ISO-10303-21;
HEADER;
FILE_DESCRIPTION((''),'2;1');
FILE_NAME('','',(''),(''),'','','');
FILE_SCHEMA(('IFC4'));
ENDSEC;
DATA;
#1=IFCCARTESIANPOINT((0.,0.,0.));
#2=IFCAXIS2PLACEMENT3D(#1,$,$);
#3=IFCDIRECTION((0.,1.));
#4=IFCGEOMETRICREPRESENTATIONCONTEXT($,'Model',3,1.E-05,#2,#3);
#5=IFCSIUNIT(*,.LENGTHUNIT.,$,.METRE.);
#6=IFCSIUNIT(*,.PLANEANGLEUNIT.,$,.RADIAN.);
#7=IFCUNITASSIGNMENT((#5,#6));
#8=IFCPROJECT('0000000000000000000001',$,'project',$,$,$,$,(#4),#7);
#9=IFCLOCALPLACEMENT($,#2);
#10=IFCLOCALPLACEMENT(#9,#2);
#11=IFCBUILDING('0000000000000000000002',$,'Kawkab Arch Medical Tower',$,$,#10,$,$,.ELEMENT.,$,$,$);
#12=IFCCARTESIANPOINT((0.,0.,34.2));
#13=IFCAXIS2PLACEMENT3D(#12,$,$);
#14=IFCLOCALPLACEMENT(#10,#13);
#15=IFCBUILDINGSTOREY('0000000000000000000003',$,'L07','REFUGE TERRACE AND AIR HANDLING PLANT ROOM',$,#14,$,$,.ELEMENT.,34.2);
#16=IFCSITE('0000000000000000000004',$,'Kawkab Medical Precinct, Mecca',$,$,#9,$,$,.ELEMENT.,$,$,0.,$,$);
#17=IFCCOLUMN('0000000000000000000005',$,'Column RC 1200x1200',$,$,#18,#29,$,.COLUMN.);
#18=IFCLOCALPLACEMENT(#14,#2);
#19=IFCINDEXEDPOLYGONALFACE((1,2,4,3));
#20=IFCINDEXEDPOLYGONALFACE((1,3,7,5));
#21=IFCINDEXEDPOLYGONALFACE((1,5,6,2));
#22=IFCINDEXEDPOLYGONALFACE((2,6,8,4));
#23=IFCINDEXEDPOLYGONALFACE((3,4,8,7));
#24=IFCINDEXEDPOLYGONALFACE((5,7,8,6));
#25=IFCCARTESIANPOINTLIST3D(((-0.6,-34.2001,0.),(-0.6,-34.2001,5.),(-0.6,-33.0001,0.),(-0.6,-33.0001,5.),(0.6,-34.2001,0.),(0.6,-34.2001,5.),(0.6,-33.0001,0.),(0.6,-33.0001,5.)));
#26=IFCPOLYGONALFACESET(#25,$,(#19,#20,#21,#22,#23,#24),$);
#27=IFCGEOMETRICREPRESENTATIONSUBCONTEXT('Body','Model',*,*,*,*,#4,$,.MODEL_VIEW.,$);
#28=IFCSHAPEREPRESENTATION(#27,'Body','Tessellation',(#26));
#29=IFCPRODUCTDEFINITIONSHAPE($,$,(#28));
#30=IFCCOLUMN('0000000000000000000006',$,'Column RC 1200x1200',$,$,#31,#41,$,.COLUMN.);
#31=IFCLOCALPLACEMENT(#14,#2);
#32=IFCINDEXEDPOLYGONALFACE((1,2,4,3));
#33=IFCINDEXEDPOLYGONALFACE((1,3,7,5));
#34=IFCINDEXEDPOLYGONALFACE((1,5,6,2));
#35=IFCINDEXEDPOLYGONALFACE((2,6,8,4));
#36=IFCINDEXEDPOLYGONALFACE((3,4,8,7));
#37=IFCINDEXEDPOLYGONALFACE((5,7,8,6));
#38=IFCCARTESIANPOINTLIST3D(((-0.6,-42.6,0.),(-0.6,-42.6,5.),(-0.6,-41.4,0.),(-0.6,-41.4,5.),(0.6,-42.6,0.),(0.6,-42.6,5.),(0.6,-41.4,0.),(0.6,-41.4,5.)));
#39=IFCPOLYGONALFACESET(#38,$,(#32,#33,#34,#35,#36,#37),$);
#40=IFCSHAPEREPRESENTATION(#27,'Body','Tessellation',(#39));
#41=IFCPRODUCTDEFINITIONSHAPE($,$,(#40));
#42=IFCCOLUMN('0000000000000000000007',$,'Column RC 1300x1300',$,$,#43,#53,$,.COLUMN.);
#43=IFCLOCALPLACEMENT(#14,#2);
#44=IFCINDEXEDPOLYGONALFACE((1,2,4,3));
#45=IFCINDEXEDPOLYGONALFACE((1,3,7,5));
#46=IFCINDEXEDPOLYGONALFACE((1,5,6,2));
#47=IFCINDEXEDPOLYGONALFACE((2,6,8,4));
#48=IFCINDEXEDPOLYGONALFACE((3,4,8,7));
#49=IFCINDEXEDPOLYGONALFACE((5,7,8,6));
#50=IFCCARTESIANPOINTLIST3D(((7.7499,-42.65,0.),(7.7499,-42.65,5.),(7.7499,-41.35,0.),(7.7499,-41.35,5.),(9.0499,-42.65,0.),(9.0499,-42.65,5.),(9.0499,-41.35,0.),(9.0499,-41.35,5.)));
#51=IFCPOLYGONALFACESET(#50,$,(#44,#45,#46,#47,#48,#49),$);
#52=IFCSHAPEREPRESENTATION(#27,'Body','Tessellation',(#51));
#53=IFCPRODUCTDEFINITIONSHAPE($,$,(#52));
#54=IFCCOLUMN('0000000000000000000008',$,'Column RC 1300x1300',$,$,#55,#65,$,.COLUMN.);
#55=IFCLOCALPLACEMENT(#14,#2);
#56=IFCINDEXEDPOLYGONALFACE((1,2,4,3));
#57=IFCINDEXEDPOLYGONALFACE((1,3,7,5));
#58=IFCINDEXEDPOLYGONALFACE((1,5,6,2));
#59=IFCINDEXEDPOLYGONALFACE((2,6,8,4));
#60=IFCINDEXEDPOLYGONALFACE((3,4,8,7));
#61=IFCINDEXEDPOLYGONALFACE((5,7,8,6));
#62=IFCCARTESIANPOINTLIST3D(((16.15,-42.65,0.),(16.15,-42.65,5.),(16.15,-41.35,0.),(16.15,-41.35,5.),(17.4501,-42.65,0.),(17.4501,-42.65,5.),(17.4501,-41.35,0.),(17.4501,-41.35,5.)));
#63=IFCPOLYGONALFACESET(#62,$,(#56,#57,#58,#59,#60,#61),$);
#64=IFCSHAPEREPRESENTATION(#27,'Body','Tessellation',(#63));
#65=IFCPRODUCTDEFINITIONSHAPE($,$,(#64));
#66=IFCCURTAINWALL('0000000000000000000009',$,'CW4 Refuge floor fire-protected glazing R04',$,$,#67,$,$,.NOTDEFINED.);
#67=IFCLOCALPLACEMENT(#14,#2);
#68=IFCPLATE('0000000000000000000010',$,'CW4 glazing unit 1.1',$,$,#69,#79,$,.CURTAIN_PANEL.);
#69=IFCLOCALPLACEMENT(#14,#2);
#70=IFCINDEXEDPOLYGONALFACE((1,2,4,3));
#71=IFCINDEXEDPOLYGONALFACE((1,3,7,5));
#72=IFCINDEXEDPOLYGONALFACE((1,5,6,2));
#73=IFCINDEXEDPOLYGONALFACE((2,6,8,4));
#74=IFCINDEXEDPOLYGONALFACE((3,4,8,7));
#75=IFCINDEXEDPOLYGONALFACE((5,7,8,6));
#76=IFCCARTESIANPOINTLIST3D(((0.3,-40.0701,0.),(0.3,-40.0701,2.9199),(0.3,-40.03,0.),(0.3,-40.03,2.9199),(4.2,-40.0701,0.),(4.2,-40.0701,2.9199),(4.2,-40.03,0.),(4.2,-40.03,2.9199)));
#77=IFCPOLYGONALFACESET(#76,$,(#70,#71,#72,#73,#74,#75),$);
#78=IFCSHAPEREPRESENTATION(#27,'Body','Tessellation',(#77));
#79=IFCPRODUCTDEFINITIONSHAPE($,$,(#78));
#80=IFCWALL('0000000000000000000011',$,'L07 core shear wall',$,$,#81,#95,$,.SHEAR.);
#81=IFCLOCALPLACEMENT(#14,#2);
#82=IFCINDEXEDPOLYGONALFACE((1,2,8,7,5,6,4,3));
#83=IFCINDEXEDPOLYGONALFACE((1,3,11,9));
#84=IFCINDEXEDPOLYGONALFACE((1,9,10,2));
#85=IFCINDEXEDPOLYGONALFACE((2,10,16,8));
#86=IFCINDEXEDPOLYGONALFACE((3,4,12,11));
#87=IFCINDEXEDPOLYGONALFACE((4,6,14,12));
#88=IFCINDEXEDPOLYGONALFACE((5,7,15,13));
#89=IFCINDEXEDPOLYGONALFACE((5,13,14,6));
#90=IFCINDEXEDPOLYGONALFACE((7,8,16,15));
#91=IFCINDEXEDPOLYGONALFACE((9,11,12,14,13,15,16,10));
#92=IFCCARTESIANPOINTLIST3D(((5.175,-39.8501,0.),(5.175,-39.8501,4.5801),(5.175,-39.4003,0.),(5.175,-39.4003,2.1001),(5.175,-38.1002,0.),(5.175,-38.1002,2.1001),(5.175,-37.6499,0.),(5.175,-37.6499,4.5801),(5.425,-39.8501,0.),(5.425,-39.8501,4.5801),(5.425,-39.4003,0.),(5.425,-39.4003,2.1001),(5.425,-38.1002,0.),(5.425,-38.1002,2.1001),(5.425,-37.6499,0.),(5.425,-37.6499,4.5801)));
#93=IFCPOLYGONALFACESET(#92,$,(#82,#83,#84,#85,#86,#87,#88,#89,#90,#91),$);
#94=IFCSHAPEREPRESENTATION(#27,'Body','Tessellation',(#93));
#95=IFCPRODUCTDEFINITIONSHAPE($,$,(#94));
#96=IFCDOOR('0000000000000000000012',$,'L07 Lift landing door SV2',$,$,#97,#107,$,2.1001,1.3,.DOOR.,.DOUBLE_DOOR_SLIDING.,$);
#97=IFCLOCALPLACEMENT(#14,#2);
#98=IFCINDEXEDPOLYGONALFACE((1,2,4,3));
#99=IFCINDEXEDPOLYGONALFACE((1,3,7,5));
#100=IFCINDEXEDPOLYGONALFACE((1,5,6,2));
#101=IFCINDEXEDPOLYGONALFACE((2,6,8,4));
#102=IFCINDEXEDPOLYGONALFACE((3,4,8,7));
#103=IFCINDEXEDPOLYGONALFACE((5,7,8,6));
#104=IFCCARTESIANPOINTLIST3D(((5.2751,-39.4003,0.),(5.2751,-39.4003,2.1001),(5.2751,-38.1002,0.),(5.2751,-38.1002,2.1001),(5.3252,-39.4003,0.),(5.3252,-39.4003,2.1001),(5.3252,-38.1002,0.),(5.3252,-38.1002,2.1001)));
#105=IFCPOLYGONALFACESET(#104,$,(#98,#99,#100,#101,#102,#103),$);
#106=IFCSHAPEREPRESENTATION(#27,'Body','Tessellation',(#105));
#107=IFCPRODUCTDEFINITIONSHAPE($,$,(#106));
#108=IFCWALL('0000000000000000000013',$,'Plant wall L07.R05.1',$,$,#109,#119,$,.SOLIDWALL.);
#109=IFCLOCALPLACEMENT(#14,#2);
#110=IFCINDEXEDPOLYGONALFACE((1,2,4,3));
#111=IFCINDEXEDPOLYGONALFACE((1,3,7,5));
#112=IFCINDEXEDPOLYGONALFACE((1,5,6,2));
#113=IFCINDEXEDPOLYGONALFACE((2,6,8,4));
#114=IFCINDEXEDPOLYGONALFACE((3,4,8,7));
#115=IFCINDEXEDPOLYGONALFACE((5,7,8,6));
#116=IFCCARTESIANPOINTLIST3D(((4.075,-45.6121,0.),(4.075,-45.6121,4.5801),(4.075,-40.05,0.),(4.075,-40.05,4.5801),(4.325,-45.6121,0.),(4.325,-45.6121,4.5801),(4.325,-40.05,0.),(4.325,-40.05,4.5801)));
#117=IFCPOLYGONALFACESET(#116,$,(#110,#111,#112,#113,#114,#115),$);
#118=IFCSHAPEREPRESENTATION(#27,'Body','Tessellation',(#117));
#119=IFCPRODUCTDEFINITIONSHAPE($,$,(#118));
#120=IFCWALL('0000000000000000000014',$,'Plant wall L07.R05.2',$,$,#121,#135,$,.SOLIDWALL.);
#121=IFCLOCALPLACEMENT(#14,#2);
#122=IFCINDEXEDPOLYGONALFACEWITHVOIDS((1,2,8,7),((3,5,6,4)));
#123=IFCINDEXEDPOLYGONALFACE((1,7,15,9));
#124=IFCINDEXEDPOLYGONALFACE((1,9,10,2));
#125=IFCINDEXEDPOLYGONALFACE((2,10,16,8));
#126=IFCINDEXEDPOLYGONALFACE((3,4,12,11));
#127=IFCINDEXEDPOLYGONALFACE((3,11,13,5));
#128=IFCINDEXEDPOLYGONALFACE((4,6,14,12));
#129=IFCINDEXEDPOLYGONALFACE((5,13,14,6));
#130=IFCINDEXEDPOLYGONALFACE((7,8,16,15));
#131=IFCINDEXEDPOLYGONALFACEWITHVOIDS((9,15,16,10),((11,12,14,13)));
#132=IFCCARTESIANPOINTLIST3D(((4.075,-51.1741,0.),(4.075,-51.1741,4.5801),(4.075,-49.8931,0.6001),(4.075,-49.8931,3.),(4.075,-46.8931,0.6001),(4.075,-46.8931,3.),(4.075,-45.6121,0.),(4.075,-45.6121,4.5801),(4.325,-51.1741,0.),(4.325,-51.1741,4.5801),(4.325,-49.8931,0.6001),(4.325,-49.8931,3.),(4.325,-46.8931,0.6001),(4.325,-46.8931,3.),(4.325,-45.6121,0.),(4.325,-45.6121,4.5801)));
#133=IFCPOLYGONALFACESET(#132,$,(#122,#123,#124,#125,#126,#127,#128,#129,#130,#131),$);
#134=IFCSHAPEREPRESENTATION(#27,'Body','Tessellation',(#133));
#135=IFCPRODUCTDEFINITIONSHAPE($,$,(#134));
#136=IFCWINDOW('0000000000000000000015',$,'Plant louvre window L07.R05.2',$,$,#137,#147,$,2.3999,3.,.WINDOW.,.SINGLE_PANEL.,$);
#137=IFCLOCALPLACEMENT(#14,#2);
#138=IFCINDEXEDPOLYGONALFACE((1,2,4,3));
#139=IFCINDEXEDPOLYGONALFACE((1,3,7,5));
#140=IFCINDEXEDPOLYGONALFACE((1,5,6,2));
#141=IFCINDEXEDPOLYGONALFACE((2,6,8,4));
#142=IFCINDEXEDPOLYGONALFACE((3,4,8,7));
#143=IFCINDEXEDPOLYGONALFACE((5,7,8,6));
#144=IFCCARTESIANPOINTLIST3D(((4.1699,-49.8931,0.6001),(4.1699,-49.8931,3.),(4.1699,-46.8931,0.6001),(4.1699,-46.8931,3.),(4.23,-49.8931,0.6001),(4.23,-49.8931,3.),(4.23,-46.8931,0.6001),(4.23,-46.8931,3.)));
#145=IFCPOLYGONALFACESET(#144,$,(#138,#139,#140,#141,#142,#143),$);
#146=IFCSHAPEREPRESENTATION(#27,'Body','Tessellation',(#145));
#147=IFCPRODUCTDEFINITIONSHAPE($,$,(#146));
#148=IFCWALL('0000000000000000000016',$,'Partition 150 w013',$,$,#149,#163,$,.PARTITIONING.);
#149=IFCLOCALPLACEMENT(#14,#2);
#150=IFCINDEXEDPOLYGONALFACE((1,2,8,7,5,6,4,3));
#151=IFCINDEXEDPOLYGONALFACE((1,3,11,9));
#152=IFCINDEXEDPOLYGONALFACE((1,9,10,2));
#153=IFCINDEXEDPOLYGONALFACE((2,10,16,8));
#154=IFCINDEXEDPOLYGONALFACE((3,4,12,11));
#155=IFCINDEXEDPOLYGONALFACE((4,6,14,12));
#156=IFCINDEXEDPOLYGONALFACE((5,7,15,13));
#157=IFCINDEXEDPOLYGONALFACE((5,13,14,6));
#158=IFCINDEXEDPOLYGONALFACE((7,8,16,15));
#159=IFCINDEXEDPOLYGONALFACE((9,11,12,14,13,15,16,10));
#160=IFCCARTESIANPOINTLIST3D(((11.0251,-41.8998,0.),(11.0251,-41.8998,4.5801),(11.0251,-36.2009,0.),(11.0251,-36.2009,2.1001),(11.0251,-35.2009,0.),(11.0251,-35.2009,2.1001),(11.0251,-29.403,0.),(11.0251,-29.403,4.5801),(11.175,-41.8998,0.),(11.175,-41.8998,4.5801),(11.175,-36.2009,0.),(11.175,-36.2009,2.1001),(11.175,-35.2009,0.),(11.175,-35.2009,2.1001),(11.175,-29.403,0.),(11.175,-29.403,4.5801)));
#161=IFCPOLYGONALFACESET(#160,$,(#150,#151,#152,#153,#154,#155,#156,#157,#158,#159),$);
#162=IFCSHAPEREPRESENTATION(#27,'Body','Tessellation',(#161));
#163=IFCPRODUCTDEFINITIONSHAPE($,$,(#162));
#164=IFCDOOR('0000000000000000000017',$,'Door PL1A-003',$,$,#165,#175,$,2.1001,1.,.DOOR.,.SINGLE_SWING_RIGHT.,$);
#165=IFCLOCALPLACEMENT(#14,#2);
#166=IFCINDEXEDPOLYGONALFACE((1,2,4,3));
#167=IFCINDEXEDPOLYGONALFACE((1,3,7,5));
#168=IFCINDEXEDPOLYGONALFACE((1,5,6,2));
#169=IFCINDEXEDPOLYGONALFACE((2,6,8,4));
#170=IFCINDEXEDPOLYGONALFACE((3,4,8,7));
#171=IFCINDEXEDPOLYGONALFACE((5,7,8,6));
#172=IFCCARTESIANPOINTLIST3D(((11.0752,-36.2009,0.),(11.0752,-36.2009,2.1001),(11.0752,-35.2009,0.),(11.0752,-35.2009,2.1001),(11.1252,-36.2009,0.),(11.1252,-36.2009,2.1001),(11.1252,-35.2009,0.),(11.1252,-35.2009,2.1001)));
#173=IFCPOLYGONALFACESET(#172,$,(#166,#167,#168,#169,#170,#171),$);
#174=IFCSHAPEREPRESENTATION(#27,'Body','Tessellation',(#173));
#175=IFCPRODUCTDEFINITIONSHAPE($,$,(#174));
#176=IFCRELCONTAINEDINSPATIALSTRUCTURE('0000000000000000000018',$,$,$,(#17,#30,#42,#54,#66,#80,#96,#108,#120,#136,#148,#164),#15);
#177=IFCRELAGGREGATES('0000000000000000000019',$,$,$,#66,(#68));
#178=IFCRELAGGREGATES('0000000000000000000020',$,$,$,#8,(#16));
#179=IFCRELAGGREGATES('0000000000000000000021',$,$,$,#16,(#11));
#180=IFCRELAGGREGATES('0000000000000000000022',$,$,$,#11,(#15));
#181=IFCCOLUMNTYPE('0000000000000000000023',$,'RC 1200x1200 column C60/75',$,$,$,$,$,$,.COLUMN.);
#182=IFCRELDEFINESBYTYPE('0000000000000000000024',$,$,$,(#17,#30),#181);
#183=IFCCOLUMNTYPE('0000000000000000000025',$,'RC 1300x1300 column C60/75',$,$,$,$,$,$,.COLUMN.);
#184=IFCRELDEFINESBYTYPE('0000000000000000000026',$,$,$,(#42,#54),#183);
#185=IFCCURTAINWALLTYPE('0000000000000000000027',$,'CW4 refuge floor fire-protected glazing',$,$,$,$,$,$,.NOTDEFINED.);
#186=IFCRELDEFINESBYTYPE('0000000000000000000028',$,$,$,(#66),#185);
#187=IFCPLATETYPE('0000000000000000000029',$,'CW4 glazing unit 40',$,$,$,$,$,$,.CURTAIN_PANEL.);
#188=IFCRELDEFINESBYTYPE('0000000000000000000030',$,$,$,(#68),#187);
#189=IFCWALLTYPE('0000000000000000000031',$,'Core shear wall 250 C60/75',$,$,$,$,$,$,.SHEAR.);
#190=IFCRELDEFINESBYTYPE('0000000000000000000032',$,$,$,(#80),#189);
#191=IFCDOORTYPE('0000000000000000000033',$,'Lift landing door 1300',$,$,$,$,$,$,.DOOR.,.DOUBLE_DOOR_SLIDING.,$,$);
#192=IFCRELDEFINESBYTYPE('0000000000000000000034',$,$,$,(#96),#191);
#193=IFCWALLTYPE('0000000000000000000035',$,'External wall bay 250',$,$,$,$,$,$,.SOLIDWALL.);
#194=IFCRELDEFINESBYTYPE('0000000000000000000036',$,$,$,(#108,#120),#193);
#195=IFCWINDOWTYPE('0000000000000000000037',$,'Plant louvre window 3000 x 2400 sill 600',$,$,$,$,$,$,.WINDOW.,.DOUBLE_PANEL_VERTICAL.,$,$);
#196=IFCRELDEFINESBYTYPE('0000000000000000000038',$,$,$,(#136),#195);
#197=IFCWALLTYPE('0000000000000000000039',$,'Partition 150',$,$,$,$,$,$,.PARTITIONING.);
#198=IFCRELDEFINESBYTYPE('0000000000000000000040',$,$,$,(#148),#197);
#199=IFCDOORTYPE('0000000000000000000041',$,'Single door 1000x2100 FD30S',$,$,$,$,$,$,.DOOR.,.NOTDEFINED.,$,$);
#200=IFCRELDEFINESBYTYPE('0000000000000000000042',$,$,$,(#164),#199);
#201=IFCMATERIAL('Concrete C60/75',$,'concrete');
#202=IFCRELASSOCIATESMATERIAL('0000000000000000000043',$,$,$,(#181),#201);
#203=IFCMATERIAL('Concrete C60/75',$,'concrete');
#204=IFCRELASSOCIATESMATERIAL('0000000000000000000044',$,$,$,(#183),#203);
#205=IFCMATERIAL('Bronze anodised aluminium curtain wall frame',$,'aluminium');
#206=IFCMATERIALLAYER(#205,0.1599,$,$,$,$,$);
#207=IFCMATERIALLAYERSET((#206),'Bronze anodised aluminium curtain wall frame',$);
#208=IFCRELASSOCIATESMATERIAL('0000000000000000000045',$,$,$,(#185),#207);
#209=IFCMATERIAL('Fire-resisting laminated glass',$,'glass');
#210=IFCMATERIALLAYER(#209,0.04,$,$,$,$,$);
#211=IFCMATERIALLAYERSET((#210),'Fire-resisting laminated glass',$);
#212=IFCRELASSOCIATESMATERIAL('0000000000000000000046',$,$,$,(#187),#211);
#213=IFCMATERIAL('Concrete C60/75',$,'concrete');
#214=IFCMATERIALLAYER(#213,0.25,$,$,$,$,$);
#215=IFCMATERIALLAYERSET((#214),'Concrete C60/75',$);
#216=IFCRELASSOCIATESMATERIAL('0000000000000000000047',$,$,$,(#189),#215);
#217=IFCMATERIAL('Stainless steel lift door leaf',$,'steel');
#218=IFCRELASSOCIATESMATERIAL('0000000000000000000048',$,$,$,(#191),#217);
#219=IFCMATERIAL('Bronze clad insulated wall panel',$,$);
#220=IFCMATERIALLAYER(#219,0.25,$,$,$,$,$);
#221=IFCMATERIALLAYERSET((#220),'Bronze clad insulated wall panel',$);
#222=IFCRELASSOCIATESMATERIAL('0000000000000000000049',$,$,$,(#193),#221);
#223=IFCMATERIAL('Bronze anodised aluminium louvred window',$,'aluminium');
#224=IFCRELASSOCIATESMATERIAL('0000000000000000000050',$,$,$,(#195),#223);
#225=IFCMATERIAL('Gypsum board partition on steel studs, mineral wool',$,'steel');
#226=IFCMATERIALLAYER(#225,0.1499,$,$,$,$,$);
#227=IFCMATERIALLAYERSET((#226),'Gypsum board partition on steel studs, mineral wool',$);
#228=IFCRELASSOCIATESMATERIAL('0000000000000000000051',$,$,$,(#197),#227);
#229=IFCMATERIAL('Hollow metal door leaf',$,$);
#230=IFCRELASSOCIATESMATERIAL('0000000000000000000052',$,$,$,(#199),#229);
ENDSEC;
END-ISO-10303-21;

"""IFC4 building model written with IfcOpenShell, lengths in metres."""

from ifc_helpers import new_model, si_unit, direction, frame, frame_2d, origin, origin_2d, place, context, subcontext, project, spatial, rectangle, extrude, material, layer, layer_set, material_profile, profile_set, type_object, element, fill, aggregate, save


model = new_model("IFC4")

# Units and contexts
model_context = context("Model", 3, precision=1e-05, world=origin(), true_north=direction((0.0, 1.0)))
body_context = subcontext(model_context, "Body", "Model", "MODEL_VIEW")
ifc_project = project(units=[si_unit("LENGTHUNIT", "METRE"), si_unit("PLANEANGLEUNIT", "RADIAN")], contexts=[model_context])

# Site, building, storey
site_placement = place(None, origin())
site = spatial("IfcSite", under=ifc_project, at=site_placement, Name="Kawkab Medical Precinct, Mecca", CompositionType="ELEMENT", RefElevation=0.0)
building_placement = place(site_placement, origin())
building = spatial("IfcBuilding", under=site, at=building_placement, Name="Kawkab Arch Medical Tower", CompositionType="ELEMENT")
storey_placement = place(building_placement, frame((0.0, 0.0, 34.2)))
storey = spatial("IfcBuildingStorey", under=building, at=storey_placement, Name="L07", Description="REFUGE TERRACE AND AIR HANDLING PLANT ROOM", CompositionType="ELEMENT", Elevation=34.2)

# Columns
ifc_material_1 = material(Name="Concrete C60/75", Category="concrete")
ifc_material_profile_1 = material_profile(ifc_material_1, rectangle(XDim=1.2, YDim=1.2, at=origin_2d()), Name="RC 1200x1200")
ifc_profile_set_1 = profile_set([ifc_material_profile_1], Name="Concrete C60/75")
column_type_1 = type_object("IfcColumnType", Name="RC 1200x1200 column C60/75", PredefinedType="COLUMN", material=ifc_profile_set_1)
for number, where, z_axis, x_axis, name in (
    (1, (0.0, -33.6001, 0.0), (0.0, 0.0, 1.0), (1.0, 0.0, 0.0), "Column RC 1200x1200"),
    (2, (0.0, -42.0, 0.0), (0.0, 0.0, 1.0), (1.0, 0.0, 0.0), "Column RC 1200x1200"),
):
    element("IfcColumn", number, at=place(storey_placement, frame(where, z_axis=z_axis, x_axis=x_axis)), inside=storey, type_object=column_type_1, Name=name, PredefinedType="COLUMN", context=body_context, shape_type="SweptSolid", body=[
        extrude(rectangle(XDim=1.2, YDim=1.2, at=origin_2d()), origin(), (0.0, 0.0, 1.0), 5.0),
    ])
ifc_material_2 = material(Name="Concrete C60/75", Category="concrete")
ifc_material_profile_2 = material_profile(ifc_material_2, rectangle(XDim=1.3, YDim=1.3, at=origin_2d()), Name="RC 1300x1300")
ifc_profile_set_2 = profile_set([ifc_material_profile_2], Name="Concrete C60/75")
column_type_2 = type_object("IfcColumnType", Name="RC 1300x1300 column C60/75", PredefinedType="COLUMN", material=ifc_profile_set_2)
for number, where, z_axis, x_axis, name in (
    (3, (8.3999, -42.0, 0.0), (0.0, 0.0, 1.0), (1.0, 0.0, 0.0), "Column RC 1300x1300"),
    (4, (16.8, -42.0, 0.0), (0.0, 0.0, 1.0), (1.0, 0.0, 0.0), "Column RC 1300x1300"),
):
    element("IfcColumn", number, at=place(storey_placement, frame(where, z_axis=z_axis, x_axis=x_axis)), inside=storey, type_object=column_type_2, Name=name, PredefinedType="COLUMN", context=body_context, shape_type="SweptSolid", body=[
        extrude(rectangle(XDim=1.3, YDim=1.3, at=origin_2d()), origin(), (0.0, 0.0, 1.0), 5.0),
    ])

# Curtain wall, plate
ifc_material_3 = material(Name="Bronze anodised aluminium curtain wall frame", Category="aluminium")
ifc_layer_1 = layer(ifc_material_3, 0.1599)
ifc_layer_set_1 = layer_set([ifc_layer_1], Name="Bronze anodised aluminium curtain wall frame")
curtain_wall_type = type_object("IfcCurtainWallType", Name="CW4 refuge floor fire-protected glazing", PredefinedType="NOTDEFINED", material=ifc_layer_set_1)
placement = place(storey_placement, origin())
curtain_wall = element("IfcCurtainWall", 5, at=placement, inside=storey, type_object=curtain_wall_type, Name="CW4 Refuge floor fire-protected glazing R04", PredefinedType="NOTDEFINED")
ifc_material_4 = material(Name="Fire-resisting laminated glass", Category="glass")
ifc_layer_2 = layer(ifc_material_4, 0.04)
ifc_layer_set_2 = layer_set([ifc_layer_2], Name="Fire-resisting laminated glass")
plate_type = type_object("IfcPlateType", Name="CW4 glazing unit 40", PredefinedType="CURTAIN_PANEL", material=ifc_layer_set_2)
plate_placement = place(storey_placement, frame((2.25, -40.05, 0.0), z_axis=(0.0, 0.0, 1.0), x_axis=(1.0, 0.0, 0.0)))
plate = element("IfcPlate", 6, at=plate_placement, type_object=plate_type, Name="CW4 glazing unit 1.1", PredefinedType="CURTAIN_PANEL", context=body_context, shape_type="SweptSolid", body=[
    extrude(rectangle(XDim=3.8999, YDim=0.04, at=origin_2d()), origin(), (0.0, 0.0, 1.0), 2.9199),
])
aggregate(curtain_wall, [plate])

# Wall, opening, door
ifc_material_5 = material(Name="Concrete C60/75", Category="concrete")
ifc_layer_3 = layer(ifc_material_5, 0.25)
ifc_layer_set_3 = layer_set([ifc_layer_3], Name="Concrete C60/75")
wall_type_1 = type_object("IfcWallType", Name="Core shear wall 250 C60/75", PredefinedType="SHEAR", material=ifc_layer_set_3)
wall_1_placement = place(storey_placement, frame((5.3, -39.8501, 0.0), z_axis=(0.0, 0.0, 1.0), x_axis=(0.0, 1.0, 0.0)))
wall_1 = element("IfcWall", 7, at=wall_1_placement, inside=storey, type_object=wall_type_1, Name="L07 core shear wall", PredefinedType="SHEAR", context=body_context, shape_type="SweptSolid", body=[
    extrude(rectangle(XDim=2.2002, YDim=0.25, at=frame_2d((1.1001, 0.0))), origin(), (0.0, 0.0, 1.0), 4.5801),
])
opening_1_placement = place(wall_1_placement, frame((0.45, 0.0, 0.0)))
opening_1 = element("IfcOpeningElement", 8, at=opening_1_placement, cuts=wall_1, PredefinedType="OPENING", context=body_context, shape_type="SweptSolid", body=[
    extrude(rectangle(XDim=1.3, YDim=2.1001, at=frame_2d((0.6499, 1.05))), frame((0.0, 0.135, 0.0), z_axis=(0.0, -1.0, 0.0), x_axis=(1.0, 0.0, 0.0)), (0.0, 0.0, 1.0), 0.27),
])
ifc_material_6 = material(Name="Stainless steel lift door leaf", Category="steel")
door_type_1 = type_object("IfcDoorType", Name="Lift landing door 1300", OperationType="DOUBLE_DOOR_SLIDING", PredefinedType="DOOR", material=ifc_material_6)
door_1_placement = place(opening_1_placement, origin())
door_1 = element("IfcDoor", 9, at=door_1_placement, inside=storey, type_object=door_type_1, Name="L07 Lift landing door SV2", OperationType="DOUBLE_DOOR_SLIDING", OverallHeight=2.1001, OverallWidth=1.3, PredefinedType="DOOR", context=body_context, shape_type="SweptSolid", body=[
    extrude(rectangle(XDim=1.3, YDim=2.1001, at=frame_2d((0.6499, 1.05))), frame((0.0, 0.0249, 0.0), z_axis=(0.0, -1.0, 0.0), x_axis=(1.0, 0.0, 0.0)), (0.0, 0.0, 1.0), 0.05),
])
fill(opening_1, door_1)

# Wall
ifc_material_7 = material(Name="Bronze clad insulated wall panel")
ifc_layer_4 = layer(ifc_material_7, 0.25)
ifc_layer_set_4 = layer_set([ifc_layer_4], Name="Bronze clad insulated wall panel")
wall_type_2 = type_object("IfcWallType", Name="External wall bay 250", PredefinedType="SOLIDWALL", material=ifc_layer_set_4)
wall_2_placement = place(storey_placement, frame((4.2, -40.05, 0.0), z_axis=(0.0, 0.0, 1.0), x_axis=(0.0, -1.0, 0.0)))
element("IfcWall", 10, at=wall_2_placement, inside=storey, type_object=wall_type_2, Name="Plant wall L07.R05.1", PredefinedType="SOLIDWALL", context=body_context, shape_type="SweptSolid", body=[
    extrude(rectangle(XDim=5.562, YDim=0.25, at=frame_2d((2.781, 0.0))), origin(), (0.0, 0.0, 1.0), 4.5801),
])

# Wall, opening, window
wall_3_placement = place(storey_placement, frame((4.2, -45.6121, 0.0), z_axis=(0.0, 0.0, 1.0), x_axis=(0.0, -1.0, 0.0)))
wall_3 = element("IfcWall", 11, at=wall_3_placement, inside=storey, type_object=wall_type_2, Name="Plant wall L07.R05.2", PredefinedType="SOLIDWALL", context=body_context, shape_type="SweptSolid", body=[
    extrude(rectangle(XDim=5.562, YDim=0.25, at=frame_2d((2.781, 0.0))), origin(), (0.0, 0.0, 1.0), 4.5801),
])
opening_2_placement = place(wall_3_placement, frame((1.281, 0.0, 0.6001)))
opening_2 = element("IfcOpeningElement", 12, at=opening_2_placement, cuts=wall_3, PredefinedType="OPENING", context=body_context, shape_type="SweptSolid", body=[
    extrude(rectangle(XDim=3.0, YDim=2.3999, at=frame_2d((1.5, 1.2))), frame((0.0, 0.135, 0.0), z_axis=(0.0, -1.0, 0.0), x_axis=(1.0, 0.0, 0.0)), (0.0, 0.0, 1.0), 0.27),
])
ifc_material_8 = material(Name="Bronze anodised aluminium louvred window", Category="aluminium")
window_type = type_object("IfcWindowType", Name="Plant louvre window 3000 x 2400 sill 600", PartitioningType="DOUBLE_PANEL_VERTICAL", PredefinedType="WINDOW", material=ifc_material_8)
window_placement = place(opening_2_placement, origin())
window = element("IfcWindow", 13, at=window_placement, inside=storey, type_object=window_type, Name="Plant louvre window L07.R05.2", OverallHeight=2.3999, OverallWidth=3.0, PartitioningType="SINGLE_PANEL", PredefinedType="WINDOW", context=body_context, shape_type="SweptSolid", body=[
    extrude(rectangle(XDim=3.0, YDim=2.3999, at=frame_2d((1.5, 1.2))), frame((0.0, 0.03, 0.0), z_axis=(0.0, -1.0, 0.0), x_axis=(1.0, 0.0, 0.0)), (0.0, 0.0, 1.0), 0.0601),
])
fill(opening_2, window)

# Wall, opening, door
ifc_material_9 = material(Name="Gypsum board partition on steel studs, mineral wool", Category="steel")
ifc_layer_5 = layer(ifc_material_9, 0.1499)
ifc_layer_set_5 = layer_set([ifc_layer_5], Name="Gypsum board partition on steel studs, mineral wool")
wall_type_3 = type_object("IfcWallType", Name="Partition 150", PredefinedType="PARTITIONING", material=ifc_layer_set_5)
wall_4_placement = place(storey_placement, frame((11.1001, -41.8999, 0.0), z_axis=(0.0, 0.0, 1.0), x_axis=(0.0, 1.0, 0.0)))
wall_4 = element("IfcWall", 14, at=wall_4_placement, inside=storey, type_object=wall_type_3, Name="Partition 150 w013", PredefinedType="PARTITIONING", context=body_context, shape_type="SweptSolid", body=[
    extrude(rectangle(XDim=12.4968, YDim=0.1499, at=frame_2d((6.2485, 0.0))), origin(), (0.0, 0.0, 1.0), 4.5801),
])
opening_3_placement = place(wall_4_placement, frame((5.699, 0.0, 0.0)))
opening_3 = element("IfcOpeningElement", 15, at=opening_3_placement, cuts=wall_4, PredefinedType="OPENING", context=body_context, shape_type="SweptSolid", body=[
    extrude(rectangle(XDim=1.0, YDim=2.1001, at=frame_2d((0.5, 1.05))), frame((0.0, 0.085, 0.0), z_axis=(0.0, -1.0, 0.0), x_axis=(1.0, 0.0, 0.0)), (0.0, 0.0, 1.0), 0.1699),
])
ifc_material_10 = material(Name="Hollow metal door leaf")
door_type_2 = type_object("IfcDoorType", Name="Single door 1000x2100 FD30S", OperationType="NOTDEFINED", PredefinedType="DOOR", material=ifc_material_10)
door_2_placement = place(opening_3_placement, origin())
door_2 = element("IfcDoor", 16, at=door_2_placement, inside=storey, type_object=door_type_2, Name="Door PL1A-003", OperationType="SINGLE_SWING_RIGHT", OverallHeight=2.1001, OverallWidth=1.0, PredefinedType="DOOR", context=body_context, shape_type="SweptSolid", body=[
    extrude(rectangle(XDim=1.0, YDim=2.1001, at=frame_2d((0.5, 1.05))), frame((0.0, 0.0249, 0.0), z_axis=(0.0, -1.0, 0.0), x_axis=(1.0, 0.0, 0.0)), (0.0, 0.0, 1.0), 0.05),
])
fill(opening_3, door_2)

save(model, "model.ifc")
